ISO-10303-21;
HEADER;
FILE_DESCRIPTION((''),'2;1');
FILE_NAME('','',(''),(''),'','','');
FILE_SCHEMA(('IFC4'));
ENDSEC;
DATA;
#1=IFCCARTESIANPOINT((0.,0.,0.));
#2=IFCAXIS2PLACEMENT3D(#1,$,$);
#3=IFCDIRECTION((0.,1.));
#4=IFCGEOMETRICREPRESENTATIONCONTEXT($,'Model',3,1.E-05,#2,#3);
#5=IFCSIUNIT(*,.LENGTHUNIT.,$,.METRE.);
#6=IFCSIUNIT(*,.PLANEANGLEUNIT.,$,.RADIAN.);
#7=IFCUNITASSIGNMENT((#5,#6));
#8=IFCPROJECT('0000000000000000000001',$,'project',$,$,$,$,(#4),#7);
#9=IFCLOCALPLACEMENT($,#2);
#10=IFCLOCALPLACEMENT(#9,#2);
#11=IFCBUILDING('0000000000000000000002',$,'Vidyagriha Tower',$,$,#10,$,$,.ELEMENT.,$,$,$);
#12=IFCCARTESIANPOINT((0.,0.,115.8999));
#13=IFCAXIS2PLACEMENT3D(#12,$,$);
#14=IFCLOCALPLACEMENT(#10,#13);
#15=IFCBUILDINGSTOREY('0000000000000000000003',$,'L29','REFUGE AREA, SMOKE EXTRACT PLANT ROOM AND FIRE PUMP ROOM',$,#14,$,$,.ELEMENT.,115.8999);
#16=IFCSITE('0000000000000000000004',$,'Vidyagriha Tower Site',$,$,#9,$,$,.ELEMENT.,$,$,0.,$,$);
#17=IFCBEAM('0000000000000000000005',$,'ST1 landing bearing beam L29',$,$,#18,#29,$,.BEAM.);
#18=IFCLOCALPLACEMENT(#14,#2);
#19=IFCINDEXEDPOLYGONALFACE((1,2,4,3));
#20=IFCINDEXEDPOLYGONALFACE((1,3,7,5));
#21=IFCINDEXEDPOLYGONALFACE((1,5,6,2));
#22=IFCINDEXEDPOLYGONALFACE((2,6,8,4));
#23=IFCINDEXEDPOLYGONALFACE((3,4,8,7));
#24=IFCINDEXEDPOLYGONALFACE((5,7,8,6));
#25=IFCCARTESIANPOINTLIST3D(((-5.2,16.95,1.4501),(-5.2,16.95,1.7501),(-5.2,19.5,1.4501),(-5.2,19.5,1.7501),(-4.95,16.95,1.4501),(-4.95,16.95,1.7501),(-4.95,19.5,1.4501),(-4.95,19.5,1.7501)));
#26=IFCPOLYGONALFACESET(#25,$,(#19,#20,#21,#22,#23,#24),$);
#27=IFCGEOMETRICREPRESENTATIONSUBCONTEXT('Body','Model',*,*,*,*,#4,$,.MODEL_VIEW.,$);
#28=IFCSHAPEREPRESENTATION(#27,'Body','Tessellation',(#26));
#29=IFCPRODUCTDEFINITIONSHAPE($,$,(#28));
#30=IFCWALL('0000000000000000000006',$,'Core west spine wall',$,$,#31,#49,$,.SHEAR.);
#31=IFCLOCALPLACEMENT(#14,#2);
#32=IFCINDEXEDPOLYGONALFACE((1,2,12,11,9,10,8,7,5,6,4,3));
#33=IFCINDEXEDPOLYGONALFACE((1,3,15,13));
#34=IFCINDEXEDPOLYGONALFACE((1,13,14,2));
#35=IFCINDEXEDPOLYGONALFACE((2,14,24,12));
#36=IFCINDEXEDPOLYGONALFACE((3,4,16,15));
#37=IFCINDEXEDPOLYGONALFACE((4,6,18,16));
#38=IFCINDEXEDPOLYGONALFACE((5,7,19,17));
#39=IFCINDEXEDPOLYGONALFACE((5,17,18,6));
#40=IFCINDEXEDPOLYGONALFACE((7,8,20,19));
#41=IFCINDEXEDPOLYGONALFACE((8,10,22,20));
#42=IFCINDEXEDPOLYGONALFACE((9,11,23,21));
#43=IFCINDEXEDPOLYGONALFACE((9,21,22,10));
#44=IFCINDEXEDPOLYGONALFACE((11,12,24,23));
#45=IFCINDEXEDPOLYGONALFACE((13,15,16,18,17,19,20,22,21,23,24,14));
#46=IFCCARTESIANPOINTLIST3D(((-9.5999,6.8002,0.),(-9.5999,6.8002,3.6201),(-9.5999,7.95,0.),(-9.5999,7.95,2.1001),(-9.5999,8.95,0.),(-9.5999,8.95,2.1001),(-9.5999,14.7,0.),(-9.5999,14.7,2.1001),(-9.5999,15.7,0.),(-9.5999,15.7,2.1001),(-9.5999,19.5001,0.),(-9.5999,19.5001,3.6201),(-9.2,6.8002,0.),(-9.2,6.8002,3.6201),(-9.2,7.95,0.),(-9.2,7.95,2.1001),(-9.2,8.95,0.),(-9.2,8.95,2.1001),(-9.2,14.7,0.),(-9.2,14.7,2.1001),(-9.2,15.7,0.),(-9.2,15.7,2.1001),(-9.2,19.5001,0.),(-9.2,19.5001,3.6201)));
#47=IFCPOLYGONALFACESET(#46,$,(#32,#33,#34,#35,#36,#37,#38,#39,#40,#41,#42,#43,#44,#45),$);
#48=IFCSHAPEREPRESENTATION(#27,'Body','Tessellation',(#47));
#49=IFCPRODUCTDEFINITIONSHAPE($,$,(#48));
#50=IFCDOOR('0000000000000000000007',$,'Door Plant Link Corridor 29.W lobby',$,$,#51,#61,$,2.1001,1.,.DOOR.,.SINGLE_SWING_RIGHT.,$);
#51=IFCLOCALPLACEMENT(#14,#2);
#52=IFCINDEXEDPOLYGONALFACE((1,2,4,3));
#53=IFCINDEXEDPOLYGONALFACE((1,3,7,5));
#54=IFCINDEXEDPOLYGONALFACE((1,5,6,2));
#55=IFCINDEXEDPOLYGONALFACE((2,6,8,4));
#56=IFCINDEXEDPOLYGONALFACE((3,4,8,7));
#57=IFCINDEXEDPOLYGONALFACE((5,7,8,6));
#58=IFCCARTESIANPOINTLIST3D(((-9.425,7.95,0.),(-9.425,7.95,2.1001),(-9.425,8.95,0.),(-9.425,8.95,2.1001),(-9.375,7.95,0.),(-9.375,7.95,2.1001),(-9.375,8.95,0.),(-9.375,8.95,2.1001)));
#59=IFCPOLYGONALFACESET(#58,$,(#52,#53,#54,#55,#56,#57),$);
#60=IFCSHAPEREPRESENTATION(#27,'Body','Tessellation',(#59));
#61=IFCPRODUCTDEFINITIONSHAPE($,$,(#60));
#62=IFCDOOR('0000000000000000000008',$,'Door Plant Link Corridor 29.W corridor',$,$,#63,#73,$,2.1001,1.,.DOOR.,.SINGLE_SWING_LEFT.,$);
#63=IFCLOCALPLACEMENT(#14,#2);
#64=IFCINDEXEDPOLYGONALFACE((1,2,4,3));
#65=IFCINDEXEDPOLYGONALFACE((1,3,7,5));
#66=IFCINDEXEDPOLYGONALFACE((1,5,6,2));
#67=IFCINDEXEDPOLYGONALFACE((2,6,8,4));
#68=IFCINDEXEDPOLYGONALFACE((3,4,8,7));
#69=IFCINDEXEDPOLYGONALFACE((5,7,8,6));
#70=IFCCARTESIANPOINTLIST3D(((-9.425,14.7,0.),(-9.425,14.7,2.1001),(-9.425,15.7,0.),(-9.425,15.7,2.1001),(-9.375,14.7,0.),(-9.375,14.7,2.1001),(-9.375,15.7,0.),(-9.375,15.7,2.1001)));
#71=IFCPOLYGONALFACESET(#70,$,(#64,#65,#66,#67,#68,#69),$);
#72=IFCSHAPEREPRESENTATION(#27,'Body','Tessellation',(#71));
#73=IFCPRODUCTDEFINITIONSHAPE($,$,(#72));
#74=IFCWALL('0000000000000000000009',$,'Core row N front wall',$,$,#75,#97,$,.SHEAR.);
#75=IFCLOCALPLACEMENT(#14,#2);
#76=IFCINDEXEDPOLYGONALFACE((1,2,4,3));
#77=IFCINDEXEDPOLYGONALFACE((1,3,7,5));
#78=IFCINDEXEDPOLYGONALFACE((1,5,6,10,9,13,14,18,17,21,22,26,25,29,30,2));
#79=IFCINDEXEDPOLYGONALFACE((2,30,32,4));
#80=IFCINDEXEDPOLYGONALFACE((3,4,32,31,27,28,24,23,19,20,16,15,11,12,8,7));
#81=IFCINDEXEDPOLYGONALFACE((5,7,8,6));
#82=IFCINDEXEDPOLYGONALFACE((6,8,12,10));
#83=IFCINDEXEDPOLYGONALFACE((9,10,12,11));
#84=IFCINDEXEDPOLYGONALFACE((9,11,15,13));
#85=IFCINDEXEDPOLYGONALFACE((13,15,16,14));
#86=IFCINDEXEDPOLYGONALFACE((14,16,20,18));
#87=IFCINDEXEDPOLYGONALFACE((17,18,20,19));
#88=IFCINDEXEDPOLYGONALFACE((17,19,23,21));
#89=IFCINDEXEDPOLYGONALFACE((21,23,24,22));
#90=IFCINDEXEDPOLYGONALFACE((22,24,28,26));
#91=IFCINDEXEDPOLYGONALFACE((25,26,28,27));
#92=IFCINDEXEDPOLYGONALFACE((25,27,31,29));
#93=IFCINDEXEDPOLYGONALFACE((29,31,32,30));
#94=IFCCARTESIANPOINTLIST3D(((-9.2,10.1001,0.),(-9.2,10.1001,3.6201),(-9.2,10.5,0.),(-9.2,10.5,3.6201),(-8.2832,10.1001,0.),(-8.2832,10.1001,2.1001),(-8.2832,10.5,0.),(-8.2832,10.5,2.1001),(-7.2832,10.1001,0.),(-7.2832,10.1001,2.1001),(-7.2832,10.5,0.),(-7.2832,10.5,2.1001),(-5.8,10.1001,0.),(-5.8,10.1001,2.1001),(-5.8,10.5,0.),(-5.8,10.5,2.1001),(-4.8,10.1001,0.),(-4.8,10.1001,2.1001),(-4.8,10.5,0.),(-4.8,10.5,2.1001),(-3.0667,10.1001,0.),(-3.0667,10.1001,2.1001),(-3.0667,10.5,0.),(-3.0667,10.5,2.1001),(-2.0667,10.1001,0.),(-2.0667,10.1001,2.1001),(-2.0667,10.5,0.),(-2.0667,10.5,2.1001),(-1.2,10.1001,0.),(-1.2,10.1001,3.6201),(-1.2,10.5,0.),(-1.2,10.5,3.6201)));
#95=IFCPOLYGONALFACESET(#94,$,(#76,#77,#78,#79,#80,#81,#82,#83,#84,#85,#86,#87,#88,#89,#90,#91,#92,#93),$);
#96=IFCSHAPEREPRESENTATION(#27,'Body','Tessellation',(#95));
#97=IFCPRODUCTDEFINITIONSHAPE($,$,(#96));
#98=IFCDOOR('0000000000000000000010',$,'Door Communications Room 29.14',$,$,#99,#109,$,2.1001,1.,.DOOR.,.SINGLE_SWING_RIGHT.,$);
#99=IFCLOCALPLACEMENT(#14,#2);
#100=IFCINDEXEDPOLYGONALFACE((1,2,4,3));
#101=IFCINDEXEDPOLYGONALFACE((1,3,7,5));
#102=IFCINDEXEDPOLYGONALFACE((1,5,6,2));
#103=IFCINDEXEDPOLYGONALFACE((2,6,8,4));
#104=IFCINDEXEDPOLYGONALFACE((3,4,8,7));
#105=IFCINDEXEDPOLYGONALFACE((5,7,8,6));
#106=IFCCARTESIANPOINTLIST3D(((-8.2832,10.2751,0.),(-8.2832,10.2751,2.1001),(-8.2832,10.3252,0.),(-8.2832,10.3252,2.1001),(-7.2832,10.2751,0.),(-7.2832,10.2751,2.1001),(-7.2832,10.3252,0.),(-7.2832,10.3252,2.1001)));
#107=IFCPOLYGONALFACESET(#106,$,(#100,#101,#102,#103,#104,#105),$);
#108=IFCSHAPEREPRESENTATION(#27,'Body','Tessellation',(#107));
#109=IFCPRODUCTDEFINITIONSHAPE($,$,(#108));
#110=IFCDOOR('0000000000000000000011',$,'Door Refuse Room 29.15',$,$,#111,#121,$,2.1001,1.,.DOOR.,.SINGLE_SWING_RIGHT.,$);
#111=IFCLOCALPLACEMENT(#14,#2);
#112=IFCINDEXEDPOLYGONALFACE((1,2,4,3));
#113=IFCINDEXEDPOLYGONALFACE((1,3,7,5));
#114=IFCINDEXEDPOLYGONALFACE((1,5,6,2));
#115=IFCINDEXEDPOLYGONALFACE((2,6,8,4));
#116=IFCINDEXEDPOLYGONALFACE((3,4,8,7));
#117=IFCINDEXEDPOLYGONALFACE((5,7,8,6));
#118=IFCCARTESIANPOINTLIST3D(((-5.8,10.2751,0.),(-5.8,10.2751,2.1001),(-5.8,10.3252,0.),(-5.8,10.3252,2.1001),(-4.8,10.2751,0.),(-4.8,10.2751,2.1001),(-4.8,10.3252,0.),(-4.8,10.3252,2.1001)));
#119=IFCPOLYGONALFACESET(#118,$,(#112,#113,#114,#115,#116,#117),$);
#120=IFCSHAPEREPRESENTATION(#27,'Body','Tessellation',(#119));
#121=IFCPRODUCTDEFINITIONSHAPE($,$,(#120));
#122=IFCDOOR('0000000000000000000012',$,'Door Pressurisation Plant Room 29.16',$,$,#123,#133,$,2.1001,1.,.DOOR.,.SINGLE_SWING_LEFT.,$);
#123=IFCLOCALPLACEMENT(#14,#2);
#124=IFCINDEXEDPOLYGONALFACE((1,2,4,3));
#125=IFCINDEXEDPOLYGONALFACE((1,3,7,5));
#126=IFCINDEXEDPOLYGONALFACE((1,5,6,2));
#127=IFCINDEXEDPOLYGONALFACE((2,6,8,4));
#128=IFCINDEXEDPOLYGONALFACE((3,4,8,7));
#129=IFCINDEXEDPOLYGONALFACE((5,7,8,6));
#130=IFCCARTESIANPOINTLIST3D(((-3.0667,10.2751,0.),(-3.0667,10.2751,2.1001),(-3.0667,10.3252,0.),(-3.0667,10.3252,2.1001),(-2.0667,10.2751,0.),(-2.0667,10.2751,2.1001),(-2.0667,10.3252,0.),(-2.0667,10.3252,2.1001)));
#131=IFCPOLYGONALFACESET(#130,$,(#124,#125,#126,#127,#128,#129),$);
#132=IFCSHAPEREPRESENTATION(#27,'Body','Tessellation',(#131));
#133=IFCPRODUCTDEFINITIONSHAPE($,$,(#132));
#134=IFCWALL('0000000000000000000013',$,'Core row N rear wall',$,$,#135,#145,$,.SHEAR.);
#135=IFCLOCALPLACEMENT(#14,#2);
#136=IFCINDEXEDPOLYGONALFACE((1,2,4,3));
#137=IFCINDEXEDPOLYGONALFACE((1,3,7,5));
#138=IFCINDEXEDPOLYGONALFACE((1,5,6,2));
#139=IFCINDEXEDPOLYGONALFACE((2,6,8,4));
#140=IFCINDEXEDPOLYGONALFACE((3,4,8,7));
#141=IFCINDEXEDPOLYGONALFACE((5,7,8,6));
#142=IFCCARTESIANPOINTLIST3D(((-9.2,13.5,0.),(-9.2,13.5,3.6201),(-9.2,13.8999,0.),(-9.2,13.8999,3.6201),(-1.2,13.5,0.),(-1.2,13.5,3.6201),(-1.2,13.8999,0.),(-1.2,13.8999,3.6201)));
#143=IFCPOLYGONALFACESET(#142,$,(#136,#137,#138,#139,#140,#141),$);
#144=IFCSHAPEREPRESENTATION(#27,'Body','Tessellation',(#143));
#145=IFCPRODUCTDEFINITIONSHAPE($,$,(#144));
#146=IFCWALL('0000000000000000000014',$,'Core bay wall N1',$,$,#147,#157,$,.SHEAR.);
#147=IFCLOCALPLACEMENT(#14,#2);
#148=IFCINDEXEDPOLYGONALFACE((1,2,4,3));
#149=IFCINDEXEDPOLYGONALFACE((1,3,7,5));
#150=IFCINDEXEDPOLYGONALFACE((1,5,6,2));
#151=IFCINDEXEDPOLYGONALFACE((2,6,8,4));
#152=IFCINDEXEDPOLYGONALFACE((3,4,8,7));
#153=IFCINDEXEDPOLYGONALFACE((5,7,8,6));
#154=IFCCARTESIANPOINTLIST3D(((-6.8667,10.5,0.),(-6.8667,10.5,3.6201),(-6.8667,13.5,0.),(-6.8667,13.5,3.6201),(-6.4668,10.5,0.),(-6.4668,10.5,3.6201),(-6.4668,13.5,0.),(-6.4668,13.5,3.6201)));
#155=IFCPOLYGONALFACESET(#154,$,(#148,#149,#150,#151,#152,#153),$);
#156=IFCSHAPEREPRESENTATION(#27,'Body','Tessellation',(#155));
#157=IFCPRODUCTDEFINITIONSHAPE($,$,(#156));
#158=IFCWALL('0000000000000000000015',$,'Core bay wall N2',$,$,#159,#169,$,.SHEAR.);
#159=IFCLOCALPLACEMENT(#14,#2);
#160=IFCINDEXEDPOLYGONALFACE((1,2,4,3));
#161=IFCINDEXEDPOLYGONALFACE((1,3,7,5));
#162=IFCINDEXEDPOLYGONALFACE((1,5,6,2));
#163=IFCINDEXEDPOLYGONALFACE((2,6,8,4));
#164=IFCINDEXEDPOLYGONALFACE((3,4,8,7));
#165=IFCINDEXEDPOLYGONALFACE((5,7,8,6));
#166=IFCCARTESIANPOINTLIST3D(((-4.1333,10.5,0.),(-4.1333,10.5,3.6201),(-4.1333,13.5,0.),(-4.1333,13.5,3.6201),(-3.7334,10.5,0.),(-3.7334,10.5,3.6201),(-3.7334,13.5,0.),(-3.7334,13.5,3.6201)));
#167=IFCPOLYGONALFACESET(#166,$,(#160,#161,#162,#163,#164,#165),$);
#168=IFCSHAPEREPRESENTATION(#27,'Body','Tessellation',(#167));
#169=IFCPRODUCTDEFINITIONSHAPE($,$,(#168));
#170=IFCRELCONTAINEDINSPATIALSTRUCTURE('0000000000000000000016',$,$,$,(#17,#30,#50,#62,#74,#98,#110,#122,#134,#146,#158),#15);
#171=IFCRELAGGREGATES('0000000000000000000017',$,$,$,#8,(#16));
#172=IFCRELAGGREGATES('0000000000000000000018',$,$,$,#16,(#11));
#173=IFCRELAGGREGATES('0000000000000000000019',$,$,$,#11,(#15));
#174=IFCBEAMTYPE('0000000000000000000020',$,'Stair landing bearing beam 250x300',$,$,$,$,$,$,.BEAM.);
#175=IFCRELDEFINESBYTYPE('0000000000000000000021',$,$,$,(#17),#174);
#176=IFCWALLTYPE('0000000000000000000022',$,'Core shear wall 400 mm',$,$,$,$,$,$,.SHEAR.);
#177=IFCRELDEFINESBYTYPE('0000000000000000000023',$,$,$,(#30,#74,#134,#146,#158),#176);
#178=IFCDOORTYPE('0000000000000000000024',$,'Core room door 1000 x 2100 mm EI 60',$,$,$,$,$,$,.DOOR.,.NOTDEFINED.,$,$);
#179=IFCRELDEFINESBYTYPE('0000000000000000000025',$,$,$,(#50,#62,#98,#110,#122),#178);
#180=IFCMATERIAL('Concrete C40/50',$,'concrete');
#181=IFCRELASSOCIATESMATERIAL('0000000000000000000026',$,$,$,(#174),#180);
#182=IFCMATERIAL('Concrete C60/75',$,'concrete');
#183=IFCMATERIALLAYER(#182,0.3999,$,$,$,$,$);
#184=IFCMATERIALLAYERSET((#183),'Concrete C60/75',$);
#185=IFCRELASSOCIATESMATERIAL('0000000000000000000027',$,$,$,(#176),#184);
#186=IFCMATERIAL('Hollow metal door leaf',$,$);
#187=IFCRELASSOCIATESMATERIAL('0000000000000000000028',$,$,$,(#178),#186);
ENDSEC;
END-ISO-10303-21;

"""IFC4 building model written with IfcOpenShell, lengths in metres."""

from ifc_helpers import new_model, si_unit, direction, frame, frame_2d, origin, origin_2d, place, context, subcontext, project, spatial, rectangle, extrude, material, layer, layer_set, material_profile, profile_set, type_object, element, fill, save


model = new_model("IFC4")

# Units and contexts
model_context = context("Model", 3, precision=1e-05, world=origin(), true_north=direction((0.0, 1.0)))
body_context = subcontext(model_context, "Body", "Model", "MODEL_VIEW")
ifc_project = project(units=[si_unit("LENGTHUNIT", "METRE"), si_unit("PLANEANGLEUNIT", "RADIAN")], contexts=[model_context])

# Site, building, storey
site_placement = place(None, origin())
site = spatial("IfcSite", under=ifc_project, at=site_placement, Name="Vidyagriha Tower Site", CompositionType="ELEMENT", RefElevation=0.0)
building_placement = place(site_placement, origin())
building = spatial("IfcBuilding", under=site, at=building_placement, Name="Vidyagriha Tower", CompositionType="ELEMENT")
storey_placement = place(building_placement, frame((0.0, 0.0, 115.8999)))
storey = spatial("IfcBuildingStorey", under=building, at=storey_placement, Name="L29", Description="REFUGE AREA, SMOKE EXTRACT PLANT ROOM AND FIRE PUMP ROOM", CompositionType="ELEMENT", Elevation=115.8999)

# Beam
ifc_material_1 = material(Name="Concrete C40/50", Category="concrete")
ifc_material_profile = material_profile(ifc_material_1, rectangle(XDim=0.25, YDim=0.3, at=origin_2d()), Name="Stair landing bearing beam 250x300")
ifc_profile_set = profile_set([ifc_material_profile], Name="Concrete C40/50")
beam_type = type_object("IfcBeamType", Name="Stair landing bearing beam 250x300", PredefinedType="BEAM", material=ifc_profile_set)
beam_placement = place(storey_placement, frame((-5.075, 16.95, 1.6001), z_axis=(0.0, 1.0, 0.0), x_axis=(-1.0, 0.0, 0.0)))
element("IfcBeam", 1, at=beam_placement, inside=storey, type_object=beam_type, Name="ST1 landing bearing beam L29", PredefinedType="BEAM", context=body_context, shape_type="SweptSolid", body=[
    extrude(rectangle(XDim=0.25, YDim=0.3, at=origin_2d()), origin(), (0.0, 0.0, 1.0), 2.55),
])

# Walls, openings, doors
ifc_material_2 = material(Name="Concrete C60/75", Category="concrete")
ifc_layer_1 = layer(ifc_material_2, 0.3999)
ifc_layer_set_1 = layer_set([ifc_layer_1], Name="Concrete C60/75")
wall_type_1 = type_object("IfcWallType", Name="Core shear wall 400 mm", PredefinedType="SHEAR", material=ifc_layer_set_1)
wall_1_placement = place(storey_placement, frame((-9.3999, 6.8, 0.0), z_axis=(0.0, 0.0, 1.0), x_axis=(0.0, 1.0, 0.0)))
wall_1 = element("IfcWall", 2, at=wall_1_placement, inside=storey, type_object=wall_type_1, Name="Core west spine wall", PredefinedType="SHEAR", context=body_context, shape_type="SweptSolid", body=[
    extrude(rectangle(XDim=12.7, YDim=0.3999, at=frame_2d((6.3501, 0.0))), origin(), (0.0, 0.0, 1.0), 3.6201),
])
opening_1_placement = place(wall_1_placement, frame((1.1499, 0.0, 0.0)))
opening_1 = element("IfcOpeningElement", 3, at=opening_1_placement, cuts=wall_1, PredefinedType="OPENING", context=body_context, shape_type="SweptSolid", body=[
    extrude(rectangle(XDim=1.0, YDim=2.1001, at=frame_2d((0.5, 1.05))), frame((0.0, 0.21, 0.0), z_axis=(0.0, -1.0, 0.0), x_axis=(1.0, 0.0, 0.0)), (0.0, 0.0, 1.0), 0.4199),
])
opening_2_placement = place(wall_1_placement, frame((7.8999, 0.0, 0.0)))
opening_2 = element("IfcOpeningElement", 4, at=opening_2_placement, cuts=wall_1, PredefinedType="OPENING", context=body_context, shape_type="SweptSolid", body=[
    extrude(rectangle(XDim=1.0, YDim=2.1001, at=frame_2d((0.5, 1.05))), frame((0.0, 0.21, 0.0), z_axis=(0.0, -1.0, 0.0), x_axis=(1.0, 0.0, 0.0)), (0.0, 0.0, 1.0), 0.4199),
])
ifc_material_3 = material(Name="Hollow metal door leaf")
door_type_1 = type_object("IfcDoorType", Name="Core room door 1000 x 2100 mm EI 60", OperationType="NOTDEFINED", PredefinedType="DOOR", material=ifc_material_3)
door_1_placement = place(opening_1_placement, frame((1.0, 0.0, 0.0), z_axis=(0.0, 0.0, 1.0), x_axis=(-1.0, 0.0, 0.0)))
door_1 = element("IfcDoor", 5, at=door_1_placement, inside=storey, type_object=door_type_1, Name="Door Plant Link Corridor 29.W lobby", OperationType="SINGLE_SWING_RIGHT", OverallHeight=2.1001, OverallWidth=1.0, PredefinedType="DOOR", context=body_context, shape_type="SweptSolid", body=[
    extrude(rectangle(XDim=1.0, YDim=2.1001, at=frame_2d((0.5, 1.05))), frame((0.0, 0.0249, 0.0), z_axis=(0.0, -1.0, 0.0), x_axis=(1.0, 0.0, 0.0)), (0.0, 0.0, 1.0), 0.05),
])
fill(opening_1, door_1)
door_2_placement = place(opening_2_placement, frame((1.0, 0.0, 0.0), z_axis=(0.0, 0.0, 1.0), x_axis=(-1.0, 0.0, 0.0)))
door_2 = element("IfcDoor", 6, at=door_2_placement, inside=storey, type_object=door_type_1, Name="Door Plant Link Corridor 29.W corridor", OperationType="SINGLE_SWING_LEFT", OverallHeight=2.1001, OverallWidth=1.0, PredefinedType="DOOR", context=body_context, shape_type="SweptSolid", body=[
    extrude(rectangle(XDim=1.0, YDim=2.1001, at=frame_2d((0.5, 1.05))), frame((0.0, 0.0249, 0.0), z_axis=(0.0, -1.0, 0.0), x_axis=(1.0, 0.0, 0.0)), (0.0, 0.0, 1.0), 0.05),
])
fill(opening_2, door_2)
wall_2_placement = place(storey_placement, frame((-9.2, 10.3, 0.0)))
wall_2 = element("IfcWall", 7, at=wall_2_placement, inside=storey, type_object=wall_type_1, Name="Core row N front wall", PredefinedType="SHEAR", context=body_context, shape_type="SweptSolid", body=[
    extrude(rectangle(XDim=8.0, YDim=0.3999, at=frame_2d((4.0, 0.0))), origin(), (0.0, 0.0, 1.0), 3.6201),
])
opening_3_placement = place(wall_2_placement, frame((0.9167, 0.0, 0.0)))
opening_3 = element("IfcOpeningElement", 8, at=opening_3_placement, cuts=wall_2, PredefinedType="OPENING", context=body_context, shape_type="SweptSolid", body=[
    extrude(rectangle(XDim=1.0, YDim=2.1001, at=frame_2d((0.5, 1.05))), frame((0.0, 0.21, 0.0), z_axis=(0.0, -1.0, 0.0), x_axis=(1.0, 0.0, 0.0)), (0.0, 0.0, 1.0), 0.4199),
])
opening_4_placement = place(wall_2_placement, frame((3.3999, 0.0, 0.0)))
opening_4 = element("IfcOpeningElement", 9, at=opening_4_placement, cuts=wall_2, PredefinedType="OPENING", context=body_context, shape_type="SweptSolid", body=[
    extrude(rectangle(XDim=1.0, YDim=2.1001, at=frame_2d((0.5, 1.05))), frame((0.0, 0.21, 0.0), z_axis=(0.0, -1.0, 0.0), x_axis=(1.0, 0.0, 0.0)), (0.0, 0.0, 1.0), 0.4199),
])
opening_5_placement = place(wall_2_placement, frame((6.1333, 0.0, 0.0)))
opening_5 = element("IfcOpeningElement", 10, at=opening_5_placement, cuts=wall_2, PredefinedType="OPENING", context=body_context, shape_type="SweptSolid", body=[
    extrude(rectangle(XDim=1.0, YDim=2.1001, at=frame_2d((0.5, 1.05))), frame((0.0, 0.21, 0.0), z_axis=(0.0, -1.0, 0.0), x_axis=(1.0, 0.0, 0.0)), (0.0, 0.0, 1.0), 0.4199),
])
door_3_placement = place(opening_3_placement, frame((1.0, 0.0, 0.0), z_axis=(0.0, 0.0, 1.0), x_axis=(-1.0, 0.0, 0.0)))
door_3 = element("IfcDoor", 11, at=door_3_placement, inside=storey, type_object=door_type_1, Name="Door Communications Room 29.14", OperationType="SINGLE_SWING_RIGHT", OverallHeight=2.1001, OverallWidth=1.0, PredefinedType="DOOR", context=body_context, shape_type="SweptSolid", body=[
    extrude(rectangle(XDim=1.0, YDim=2.1001, at=frame_2d((0.5, 1.05))), frame((0.0, 0.0249, 0.0), z_axis=(0.0, -1.0, 0.0), x_axis=(1.0, 0.0, 0.0)), (0.0, 0.0, 1.0), 0.05),
])
fill(opening_3, door_3)
door_4_placement = place(opening_4_placement, frame((1.0, 0.0, 0.0), z_axis=(0.0, 0.0, 1.0), x_axis=(-1.0, 0.0, 0.0)))
door_4 = element("IfcDoor", 12, at=door_4_placement, inside=storey, type_object=door_type_1, Name="Door Refuse Room 29.15", OperationType="SINGLE_SWING_RIGHT", OverallHeight=2.1001, OverallWidth=1.0, PredefinedType="DOOR", context=body_context, shape_type="SweptSolid", body=[
    extrude(rectangle(XDim=1.0, YDim=2.1001, at=frame_2d((0.5, 1.05))), frame((0.0, 0.0249, 0.0), z_axis=(0.0, -1.0, 0.0), x_axis=(1.0, 0.0, 0.0)), (0.0, 0.0, 1.0), 0.05),
])
fill(opening_4, door_4)
door_5_placement = place(opening_5_placement, frame((1.0, 0.0, 0.0), z_axis=(0.0, 0.0, 1.0), x_axis=(-1.0, 0.0, 0.0)))
door_5 = element("IfcDoor", 13, at=door_5_placement, inside=storey, type_object=door_type_1, Name="Door Pressurisation Plant Room 29.16", OperationType="SINGLE_SWING_LEFT", OverallHeight=2.1001, OverallWidth=1.0, PredefinedType="DOOR", context=body_context, shape_type="SweptSolid", body=[
    extrude(rectangle(XDim=1.0, YDim=2.1001, at=frame_2d((0.5, 1.05))), frame((0.0, 0.0249, 0.0), z_axis=(0.0, -1.0, 0.0), x_axis=(1.0, 0.0, 0.0)), (0.0, 0.0, 1.0), 0.05),
])
fill(opening_5, door_5)

# Walls
wall_3_placement = place(storey_placement, frame((-9.2, 13.7, 0.0)))
element("IfcWall", 14, at=wall_3_placement, inside=storey, type_object=wall_type_1, Name="Core row N rear wall", PredefinedType="SHEAR", context=body_context, shape_type="SweptSolid", body=[
    extrude(rectangle(XDim=8.0, YDim=0.3999, at=frame_2d((4.0, 0.0))), origin(), (0.0, 0.0, 1.0), 3.6201),
])
for number, where, z_axis, x_axis, name in (
    (15, (-6.6667, 10.5, 0.0), (0.0, 0.0, 1.0), (0.0, 1.0, 0.0), "Core bay wall N1"),
    (16, (-3.9333, 10.5, 0.0), (0.0, 0.0, 1.0), (0.0, 1.0, 0.0), "Core bay wall N2"),
):
    element("IfcWall", number, at=place(storey_placement, frame(where, z_axis=z_axis, x_axis=x_axis)), inside=storey, type_object=wall_type_1, Name=name, PredefinedType="SHEAR", context=body_context, shape_type="SweptSolid", body=[
        extrude(rectangle(XDim=3.0, YDim=0.3999, at=frame_2d((1.5, 0.0))), origin(), (0.0, 0.0, 1.0), 3.6201),
    ])

save(model, "model.ifc")
